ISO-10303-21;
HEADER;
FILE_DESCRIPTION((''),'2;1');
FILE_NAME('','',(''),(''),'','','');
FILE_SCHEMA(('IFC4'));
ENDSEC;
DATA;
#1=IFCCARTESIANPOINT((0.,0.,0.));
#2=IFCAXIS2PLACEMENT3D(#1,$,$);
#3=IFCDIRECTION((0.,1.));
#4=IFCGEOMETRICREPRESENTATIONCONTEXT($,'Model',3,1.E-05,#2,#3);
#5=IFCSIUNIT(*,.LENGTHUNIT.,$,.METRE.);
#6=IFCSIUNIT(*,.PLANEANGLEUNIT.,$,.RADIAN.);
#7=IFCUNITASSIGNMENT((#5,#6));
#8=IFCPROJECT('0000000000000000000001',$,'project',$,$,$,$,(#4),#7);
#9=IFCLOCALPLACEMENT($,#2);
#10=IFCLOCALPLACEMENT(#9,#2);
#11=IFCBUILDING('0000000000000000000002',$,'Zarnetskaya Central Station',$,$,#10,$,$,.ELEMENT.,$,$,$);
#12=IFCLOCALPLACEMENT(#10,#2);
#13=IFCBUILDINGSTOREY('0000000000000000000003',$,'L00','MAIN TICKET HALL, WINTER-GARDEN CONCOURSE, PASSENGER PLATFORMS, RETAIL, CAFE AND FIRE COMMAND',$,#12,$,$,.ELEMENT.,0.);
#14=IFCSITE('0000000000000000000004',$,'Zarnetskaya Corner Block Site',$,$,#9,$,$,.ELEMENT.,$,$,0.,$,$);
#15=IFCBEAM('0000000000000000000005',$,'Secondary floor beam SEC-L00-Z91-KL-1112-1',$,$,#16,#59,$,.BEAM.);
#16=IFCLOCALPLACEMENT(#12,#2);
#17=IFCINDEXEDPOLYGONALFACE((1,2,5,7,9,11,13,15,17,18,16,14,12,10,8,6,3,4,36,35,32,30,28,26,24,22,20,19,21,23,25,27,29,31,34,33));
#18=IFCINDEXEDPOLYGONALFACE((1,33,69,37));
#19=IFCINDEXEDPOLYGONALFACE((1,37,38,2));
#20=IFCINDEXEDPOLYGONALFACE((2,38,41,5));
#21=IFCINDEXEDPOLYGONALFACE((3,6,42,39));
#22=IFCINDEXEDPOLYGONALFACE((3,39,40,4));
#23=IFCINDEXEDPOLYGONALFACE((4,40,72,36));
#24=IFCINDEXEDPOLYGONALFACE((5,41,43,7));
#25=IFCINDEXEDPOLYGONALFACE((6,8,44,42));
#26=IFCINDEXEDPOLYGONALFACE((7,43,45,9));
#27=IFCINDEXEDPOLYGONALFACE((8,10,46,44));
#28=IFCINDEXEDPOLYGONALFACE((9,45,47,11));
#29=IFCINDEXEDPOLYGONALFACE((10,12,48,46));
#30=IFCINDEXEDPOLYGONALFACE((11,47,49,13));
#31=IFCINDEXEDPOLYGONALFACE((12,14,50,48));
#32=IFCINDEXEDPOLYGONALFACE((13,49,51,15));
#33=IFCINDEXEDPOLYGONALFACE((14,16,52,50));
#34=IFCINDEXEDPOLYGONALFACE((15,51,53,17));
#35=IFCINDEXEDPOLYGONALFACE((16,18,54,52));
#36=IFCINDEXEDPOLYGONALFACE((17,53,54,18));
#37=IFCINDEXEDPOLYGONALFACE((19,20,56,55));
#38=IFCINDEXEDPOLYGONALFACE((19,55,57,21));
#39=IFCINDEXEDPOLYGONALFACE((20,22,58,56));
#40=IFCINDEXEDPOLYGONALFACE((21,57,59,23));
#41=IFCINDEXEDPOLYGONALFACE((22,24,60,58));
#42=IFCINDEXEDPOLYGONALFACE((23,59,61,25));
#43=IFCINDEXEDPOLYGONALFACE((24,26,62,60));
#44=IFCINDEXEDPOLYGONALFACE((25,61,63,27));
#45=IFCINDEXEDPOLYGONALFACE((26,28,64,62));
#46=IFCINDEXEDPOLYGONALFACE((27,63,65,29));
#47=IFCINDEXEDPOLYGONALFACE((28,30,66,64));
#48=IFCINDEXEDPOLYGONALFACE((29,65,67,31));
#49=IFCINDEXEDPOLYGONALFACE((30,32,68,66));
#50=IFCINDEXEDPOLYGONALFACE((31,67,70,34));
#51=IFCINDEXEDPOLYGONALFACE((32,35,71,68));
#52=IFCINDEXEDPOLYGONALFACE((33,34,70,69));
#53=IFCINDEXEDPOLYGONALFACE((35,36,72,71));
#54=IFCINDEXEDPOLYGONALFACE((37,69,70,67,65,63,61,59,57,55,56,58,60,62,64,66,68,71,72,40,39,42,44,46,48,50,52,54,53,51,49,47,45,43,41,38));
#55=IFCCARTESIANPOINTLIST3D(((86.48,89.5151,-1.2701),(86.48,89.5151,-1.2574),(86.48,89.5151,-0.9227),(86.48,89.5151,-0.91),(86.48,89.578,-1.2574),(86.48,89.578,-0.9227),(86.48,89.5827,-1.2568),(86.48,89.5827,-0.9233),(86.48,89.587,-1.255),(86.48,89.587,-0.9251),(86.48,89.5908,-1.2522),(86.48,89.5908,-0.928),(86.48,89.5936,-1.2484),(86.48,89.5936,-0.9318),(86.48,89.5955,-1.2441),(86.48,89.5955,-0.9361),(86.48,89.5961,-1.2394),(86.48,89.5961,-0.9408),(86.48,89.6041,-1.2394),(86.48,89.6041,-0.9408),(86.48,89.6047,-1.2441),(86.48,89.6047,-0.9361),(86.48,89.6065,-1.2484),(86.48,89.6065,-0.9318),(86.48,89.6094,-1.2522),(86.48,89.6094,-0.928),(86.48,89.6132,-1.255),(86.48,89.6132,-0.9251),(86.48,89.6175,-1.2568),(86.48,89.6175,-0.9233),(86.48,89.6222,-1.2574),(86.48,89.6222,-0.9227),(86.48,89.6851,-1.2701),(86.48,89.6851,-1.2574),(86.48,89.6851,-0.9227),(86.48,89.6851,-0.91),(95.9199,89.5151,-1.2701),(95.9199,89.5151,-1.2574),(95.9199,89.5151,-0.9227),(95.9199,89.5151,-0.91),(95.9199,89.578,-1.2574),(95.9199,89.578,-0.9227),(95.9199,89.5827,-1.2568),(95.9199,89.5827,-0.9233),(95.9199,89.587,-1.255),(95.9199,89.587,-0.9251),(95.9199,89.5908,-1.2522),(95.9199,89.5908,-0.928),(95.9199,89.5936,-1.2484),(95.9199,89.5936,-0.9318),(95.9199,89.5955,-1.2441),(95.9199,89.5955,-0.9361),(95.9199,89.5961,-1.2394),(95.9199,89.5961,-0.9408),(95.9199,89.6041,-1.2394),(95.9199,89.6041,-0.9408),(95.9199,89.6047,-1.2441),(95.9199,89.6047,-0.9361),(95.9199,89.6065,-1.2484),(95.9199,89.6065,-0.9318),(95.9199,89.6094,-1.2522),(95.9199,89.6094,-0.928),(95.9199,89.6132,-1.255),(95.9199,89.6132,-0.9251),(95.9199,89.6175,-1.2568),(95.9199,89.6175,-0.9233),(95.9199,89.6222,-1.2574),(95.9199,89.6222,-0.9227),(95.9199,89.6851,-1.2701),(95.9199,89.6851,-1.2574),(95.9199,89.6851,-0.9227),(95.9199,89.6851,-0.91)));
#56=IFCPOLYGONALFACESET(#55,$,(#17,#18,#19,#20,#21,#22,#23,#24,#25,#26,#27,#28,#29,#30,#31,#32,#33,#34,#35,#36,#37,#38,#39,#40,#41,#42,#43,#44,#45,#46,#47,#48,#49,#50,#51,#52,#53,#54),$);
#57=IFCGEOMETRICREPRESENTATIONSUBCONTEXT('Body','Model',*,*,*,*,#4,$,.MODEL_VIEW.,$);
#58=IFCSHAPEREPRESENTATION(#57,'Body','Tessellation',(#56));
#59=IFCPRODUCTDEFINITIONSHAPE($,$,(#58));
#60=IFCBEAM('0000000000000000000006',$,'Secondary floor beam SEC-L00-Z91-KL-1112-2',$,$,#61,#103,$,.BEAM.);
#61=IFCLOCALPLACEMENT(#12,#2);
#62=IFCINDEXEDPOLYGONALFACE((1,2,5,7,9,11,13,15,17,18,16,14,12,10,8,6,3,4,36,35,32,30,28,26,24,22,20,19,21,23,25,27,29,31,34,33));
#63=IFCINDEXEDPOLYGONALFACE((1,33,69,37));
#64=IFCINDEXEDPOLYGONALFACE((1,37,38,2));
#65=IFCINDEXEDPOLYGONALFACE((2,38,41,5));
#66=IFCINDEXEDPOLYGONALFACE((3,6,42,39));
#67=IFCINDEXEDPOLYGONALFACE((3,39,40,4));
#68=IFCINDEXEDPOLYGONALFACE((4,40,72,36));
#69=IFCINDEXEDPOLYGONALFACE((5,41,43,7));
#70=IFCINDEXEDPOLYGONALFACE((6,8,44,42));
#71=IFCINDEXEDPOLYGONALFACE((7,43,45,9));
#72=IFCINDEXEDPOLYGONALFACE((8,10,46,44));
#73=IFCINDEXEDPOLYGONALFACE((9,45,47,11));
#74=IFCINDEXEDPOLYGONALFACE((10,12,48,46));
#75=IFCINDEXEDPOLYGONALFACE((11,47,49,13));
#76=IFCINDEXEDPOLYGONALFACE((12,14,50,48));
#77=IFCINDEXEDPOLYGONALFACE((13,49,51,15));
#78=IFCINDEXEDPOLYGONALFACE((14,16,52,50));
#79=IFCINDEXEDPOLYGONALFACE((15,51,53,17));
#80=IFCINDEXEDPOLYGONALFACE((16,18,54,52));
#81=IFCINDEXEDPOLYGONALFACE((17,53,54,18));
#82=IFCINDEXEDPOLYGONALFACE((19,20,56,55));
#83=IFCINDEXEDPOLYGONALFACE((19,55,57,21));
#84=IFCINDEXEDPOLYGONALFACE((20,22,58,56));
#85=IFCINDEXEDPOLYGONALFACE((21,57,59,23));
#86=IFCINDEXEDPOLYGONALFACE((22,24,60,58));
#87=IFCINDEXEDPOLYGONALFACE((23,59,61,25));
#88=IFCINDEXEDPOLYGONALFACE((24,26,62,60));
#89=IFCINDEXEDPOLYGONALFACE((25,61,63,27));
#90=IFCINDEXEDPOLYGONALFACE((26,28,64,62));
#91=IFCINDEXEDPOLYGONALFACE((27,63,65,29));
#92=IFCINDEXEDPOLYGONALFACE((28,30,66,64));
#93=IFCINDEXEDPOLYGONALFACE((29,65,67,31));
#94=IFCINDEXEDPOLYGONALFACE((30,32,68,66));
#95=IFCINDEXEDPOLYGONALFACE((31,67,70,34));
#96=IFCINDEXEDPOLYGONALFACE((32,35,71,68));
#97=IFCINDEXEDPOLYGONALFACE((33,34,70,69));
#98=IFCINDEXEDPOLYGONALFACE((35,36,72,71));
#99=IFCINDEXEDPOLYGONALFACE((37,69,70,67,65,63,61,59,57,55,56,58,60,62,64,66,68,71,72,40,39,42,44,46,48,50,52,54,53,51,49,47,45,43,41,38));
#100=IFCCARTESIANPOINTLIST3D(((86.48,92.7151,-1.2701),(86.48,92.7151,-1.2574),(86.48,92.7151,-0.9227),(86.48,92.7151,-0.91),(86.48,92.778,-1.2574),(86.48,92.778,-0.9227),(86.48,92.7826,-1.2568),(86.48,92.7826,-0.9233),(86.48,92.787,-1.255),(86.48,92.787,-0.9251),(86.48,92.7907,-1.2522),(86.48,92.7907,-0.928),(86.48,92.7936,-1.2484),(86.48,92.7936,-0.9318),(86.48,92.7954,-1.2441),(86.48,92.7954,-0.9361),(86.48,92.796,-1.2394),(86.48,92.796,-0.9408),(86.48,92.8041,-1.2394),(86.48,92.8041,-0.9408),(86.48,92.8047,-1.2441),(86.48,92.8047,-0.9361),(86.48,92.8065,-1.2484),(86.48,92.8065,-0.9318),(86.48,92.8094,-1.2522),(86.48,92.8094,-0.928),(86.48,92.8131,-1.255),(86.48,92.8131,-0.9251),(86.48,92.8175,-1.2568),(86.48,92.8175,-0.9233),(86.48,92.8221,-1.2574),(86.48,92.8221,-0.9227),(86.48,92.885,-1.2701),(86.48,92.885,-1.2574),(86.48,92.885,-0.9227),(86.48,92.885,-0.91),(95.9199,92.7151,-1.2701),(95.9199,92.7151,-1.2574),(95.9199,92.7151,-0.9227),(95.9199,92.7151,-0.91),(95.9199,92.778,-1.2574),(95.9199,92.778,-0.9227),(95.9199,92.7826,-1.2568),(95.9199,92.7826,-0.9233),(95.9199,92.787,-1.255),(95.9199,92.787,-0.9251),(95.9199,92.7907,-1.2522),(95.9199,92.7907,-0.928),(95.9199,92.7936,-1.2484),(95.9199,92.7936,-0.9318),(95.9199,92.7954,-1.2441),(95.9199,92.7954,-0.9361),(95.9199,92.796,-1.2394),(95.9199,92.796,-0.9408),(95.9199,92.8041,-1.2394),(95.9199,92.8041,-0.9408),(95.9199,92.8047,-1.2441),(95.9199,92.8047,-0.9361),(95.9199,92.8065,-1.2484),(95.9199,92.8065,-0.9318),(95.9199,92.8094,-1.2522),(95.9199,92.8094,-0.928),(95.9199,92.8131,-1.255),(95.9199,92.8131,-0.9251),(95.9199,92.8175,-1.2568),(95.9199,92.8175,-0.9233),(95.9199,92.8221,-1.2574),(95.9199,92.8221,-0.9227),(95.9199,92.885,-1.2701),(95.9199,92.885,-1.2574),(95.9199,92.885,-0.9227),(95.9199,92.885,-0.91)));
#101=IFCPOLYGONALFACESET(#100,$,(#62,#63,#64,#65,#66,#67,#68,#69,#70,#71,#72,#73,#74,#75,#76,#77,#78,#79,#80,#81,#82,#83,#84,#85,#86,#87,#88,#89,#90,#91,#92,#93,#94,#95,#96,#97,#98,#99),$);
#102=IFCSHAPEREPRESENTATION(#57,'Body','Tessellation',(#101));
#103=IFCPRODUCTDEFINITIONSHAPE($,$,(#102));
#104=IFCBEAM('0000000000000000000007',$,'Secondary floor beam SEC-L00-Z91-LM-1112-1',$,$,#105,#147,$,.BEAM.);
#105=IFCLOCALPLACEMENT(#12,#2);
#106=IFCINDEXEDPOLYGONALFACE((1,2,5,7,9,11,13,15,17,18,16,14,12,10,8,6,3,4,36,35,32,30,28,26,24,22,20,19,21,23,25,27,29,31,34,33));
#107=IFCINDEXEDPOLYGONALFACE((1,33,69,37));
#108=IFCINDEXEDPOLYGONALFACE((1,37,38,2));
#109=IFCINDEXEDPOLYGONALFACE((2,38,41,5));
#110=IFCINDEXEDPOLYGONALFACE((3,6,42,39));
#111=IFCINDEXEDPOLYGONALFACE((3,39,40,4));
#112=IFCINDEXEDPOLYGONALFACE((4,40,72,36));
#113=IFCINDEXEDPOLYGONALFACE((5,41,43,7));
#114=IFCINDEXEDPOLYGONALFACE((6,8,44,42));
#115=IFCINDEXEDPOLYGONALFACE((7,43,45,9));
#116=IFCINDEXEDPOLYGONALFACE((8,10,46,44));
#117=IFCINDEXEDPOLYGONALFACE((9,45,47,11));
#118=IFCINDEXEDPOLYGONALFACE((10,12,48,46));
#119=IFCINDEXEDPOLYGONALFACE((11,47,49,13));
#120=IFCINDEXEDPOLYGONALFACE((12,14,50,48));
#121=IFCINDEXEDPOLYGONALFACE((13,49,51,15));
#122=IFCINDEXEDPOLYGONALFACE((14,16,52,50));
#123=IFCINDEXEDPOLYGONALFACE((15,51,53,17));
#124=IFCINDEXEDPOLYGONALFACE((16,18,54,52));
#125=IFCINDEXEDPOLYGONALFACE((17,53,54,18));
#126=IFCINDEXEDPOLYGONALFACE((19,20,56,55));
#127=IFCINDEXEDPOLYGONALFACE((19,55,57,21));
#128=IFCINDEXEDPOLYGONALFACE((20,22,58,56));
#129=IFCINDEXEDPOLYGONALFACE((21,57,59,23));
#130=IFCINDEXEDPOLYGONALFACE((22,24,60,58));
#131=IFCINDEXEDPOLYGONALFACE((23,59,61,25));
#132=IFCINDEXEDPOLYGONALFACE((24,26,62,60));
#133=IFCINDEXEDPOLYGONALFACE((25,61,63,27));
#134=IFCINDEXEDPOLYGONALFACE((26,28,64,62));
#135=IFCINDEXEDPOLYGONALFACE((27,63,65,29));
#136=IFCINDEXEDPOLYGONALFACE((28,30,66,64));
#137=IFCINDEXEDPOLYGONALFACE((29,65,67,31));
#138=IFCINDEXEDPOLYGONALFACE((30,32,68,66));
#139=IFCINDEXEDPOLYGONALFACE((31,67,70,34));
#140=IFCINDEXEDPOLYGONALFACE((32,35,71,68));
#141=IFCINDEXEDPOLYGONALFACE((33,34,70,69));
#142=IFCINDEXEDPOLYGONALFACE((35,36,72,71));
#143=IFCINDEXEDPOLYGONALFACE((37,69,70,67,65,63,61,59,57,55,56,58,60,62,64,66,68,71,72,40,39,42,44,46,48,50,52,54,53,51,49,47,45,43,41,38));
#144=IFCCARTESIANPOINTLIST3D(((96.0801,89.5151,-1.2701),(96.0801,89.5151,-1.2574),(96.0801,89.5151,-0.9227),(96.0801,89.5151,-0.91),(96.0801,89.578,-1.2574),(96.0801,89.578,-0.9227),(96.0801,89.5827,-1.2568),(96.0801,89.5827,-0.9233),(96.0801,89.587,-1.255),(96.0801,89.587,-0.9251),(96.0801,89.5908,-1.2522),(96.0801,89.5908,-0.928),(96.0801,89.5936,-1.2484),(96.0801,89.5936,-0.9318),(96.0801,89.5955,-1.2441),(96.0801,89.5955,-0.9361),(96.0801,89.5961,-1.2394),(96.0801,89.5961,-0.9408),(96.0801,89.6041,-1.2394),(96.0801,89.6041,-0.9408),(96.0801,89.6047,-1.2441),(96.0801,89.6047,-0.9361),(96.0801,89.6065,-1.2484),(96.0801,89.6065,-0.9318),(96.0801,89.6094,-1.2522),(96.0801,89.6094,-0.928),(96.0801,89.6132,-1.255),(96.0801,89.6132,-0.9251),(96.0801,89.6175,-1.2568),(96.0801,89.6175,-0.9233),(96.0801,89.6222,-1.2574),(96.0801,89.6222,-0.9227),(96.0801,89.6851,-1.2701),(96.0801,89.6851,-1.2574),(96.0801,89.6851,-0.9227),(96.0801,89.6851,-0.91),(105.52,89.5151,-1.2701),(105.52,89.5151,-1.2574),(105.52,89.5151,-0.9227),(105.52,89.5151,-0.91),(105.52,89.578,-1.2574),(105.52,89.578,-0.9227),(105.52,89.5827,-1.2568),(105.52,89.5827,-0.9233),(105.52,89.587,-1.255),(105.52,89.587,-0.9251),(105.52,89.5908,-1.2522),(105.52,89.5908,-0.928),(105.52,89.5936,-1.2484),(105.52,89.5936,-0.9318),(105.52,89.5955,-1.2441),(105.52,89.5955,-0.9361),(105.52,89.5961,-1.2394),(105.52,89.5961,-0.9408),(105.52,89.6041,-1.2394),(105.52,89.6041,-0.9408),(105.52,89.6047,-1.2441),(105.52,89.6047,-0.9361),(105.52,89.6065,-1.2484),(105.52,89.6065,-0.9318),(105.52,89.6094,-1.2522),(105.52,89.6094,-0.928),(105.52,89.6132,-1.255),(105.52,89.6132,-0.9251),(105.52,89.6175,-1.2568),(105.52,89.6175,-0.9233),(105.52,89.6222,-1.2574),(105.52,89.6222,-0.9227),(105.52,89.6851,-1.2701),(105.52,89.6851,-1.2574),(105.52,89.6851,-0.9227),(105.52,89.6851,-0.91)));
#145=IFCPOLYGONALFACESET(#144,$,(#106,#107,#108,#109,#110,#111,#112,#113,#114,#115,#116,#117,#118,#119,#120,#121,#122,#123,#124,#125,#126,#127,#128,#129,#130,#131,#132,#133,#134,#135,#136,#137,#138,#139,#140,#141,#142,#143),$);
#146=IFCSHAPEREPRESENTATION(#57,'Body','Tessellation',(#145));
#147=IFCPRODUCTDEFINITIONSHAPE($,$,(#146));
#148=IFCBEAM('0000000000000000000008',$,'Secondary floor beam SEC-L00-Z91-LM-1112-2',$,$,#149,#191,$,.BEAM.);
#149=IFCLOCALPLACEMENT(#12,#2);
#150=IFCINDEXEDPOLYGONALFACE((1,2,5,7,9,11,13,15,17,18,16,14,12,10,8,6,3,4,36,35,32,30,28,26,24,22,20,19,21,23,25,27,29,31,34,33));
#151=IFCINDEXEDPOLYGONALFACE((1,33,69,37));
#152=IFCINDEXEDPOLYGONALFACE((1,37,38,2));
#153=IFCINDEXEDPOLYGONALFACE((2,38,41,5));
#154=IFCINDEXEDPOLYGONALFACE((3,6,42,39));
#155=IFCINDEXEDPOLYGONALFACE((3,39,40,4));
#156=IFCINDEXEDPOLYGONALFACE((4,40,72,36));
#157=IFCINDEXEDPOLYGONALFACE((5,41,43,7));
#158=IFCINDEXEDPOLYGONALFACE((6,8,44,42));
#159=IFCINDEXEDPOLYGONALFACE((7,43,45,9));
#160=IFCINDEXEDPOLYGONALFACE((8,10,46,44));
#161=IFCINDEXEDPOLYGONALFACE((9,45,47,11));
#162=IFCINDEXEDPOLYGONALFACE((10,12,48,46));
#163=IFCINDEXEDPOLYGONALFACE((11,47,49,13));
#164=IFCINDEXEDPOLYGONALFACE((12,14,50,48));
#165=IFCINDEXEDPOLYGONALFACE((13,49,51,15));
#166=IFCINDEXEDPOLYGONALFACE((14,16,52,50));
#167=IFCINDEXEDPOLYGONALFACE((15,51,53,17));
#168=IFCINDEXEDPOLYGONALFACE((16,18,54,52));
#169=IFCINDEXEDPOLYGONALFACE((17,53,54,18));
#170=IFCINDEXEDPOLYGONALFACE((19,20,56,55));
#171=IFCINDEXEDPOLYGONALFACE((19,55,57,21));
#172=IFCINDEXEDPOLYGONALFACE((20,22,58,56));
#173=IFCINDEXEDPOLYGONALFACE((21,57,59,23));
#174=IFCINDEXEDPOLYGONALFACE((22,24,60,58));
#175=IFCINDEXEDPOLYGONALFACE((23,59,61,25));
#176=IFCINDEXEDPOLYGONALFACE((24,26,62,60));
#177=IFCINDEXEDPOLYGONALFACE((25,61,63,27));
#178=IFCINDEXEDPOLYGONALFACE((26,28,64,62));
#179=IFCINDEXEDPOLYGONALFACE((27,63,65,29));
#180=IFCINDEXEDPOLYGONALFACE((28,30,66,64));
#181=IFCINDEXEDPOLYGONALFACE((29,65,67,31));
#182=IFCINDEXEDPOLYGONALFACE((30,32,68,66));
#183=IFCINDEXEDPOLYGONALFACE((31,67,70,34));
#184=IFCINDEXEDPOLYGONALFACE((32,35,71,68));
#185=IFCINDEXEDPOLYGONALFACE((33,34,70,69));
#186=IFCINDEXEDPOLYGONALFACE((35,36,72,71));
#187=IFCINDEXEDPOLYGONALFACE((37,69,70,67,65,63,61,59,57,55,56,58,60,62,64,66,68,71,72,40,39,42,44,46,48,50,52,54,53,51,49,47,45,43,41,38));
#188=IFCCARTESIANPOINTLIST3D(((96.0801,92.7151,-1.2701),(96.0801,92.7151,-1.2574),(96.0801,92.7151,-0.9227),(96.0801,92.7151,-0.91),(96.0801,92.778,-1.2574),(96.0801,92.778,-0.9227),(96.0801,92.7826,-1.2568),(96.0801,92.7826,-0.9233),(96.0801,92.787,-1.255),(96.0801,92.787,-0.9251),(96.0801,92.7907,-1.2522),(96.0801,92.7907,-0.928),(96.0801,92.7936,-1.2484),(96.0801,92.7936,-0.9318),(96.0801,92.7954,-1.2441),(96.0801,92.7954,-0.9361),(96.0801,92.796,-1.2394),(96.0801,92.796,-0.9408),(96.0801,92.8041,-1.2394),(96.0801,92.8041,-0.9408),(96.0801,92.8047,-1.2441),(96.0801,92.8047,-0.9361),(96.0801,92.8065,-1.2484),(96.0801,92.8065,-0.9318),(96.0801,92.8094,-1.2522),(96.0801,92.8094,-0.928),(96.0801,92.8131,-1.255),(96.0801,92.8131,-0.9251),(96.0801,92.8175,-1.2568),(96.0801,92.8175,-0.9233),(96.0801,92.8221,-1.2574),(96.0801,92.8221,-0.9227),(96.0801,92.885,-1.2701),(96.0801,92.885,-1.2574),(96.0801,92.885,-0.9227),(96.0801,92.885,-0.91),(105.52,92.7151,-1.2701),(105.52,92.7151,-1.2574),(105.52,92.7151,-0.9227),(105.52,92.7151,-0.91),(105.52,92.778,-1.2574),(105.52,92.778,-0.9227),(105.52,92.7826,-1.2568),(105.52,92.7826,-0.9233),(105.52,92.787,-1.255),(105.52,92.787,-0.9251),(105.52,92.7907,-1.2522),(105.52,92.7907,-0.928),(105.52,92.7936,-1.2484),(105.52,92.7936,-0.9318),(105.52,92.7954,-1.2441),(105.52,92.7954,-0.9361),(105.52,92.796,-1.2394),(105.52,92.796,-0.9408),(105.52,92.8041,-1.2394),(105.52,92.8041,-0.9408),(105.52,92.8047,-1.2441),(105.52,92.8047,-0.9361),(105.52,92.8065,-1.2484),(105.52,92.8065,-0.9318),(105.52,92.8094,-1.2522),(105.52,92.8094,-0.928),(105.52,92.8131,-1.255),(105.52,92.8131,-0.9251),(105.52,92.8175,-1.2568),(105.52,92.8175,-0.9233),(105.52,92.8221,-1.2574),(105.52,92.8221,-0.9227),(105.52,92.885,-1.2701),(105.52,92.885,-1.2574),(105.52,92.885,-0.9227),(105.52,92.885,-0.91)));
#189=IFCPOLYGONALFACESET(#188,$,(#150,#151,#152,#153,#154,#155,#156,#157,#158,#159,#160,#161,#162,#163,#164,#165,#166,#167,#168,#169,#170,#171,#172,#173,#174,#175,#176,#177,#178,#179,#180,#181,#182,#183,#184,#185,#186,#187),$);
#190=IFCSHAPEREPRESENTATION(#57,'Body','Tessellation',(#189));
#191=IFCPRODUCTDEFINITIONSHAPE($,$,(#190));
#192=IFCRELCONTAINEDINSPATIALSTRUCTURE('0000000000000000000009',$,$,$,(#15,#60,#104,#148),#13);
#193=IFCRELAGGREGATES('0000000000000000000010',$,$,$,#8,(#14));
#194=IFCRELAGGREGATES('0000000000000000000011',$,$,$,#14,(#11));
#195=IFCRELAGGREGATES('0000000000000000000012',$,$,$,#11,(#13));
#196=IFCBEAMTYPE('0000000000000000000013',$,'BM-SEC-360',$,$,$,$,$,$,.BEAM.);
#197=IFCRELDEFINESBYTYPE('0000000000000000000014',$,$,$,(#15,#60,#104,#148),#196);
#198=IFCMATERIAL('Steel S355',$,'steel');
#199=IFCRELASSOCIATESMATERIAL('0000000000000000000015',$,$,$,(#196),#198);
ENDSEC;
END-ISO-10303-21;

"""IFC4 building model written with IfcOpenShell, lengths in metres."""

from ifc_helpers import new_model, si_unit, direction, frame, origin, origin_2d, place, context, subcontext, project, spatial, i_section, extrude, material, material_profile, profile_set, type_object, element, save


model = new_model("IFC4")

# Units and contexts
model_context = context("Model", 3, precision=1e-05, world=origin(), true_north=direction((0.0, 1.0)))
body_context = subcontext(model_context, "Body", "Model", "MODEL_VIEW")
ifc_project = project(units=[si_unit("LENGTHUNIT", "METRE"), si_unit("PLANEANGLEUNIT", "RADIAN")], contexts=[model_context])

# Site, building, storey
site_placement = place(None, origin())
site = spatial("IfcSite", under=ifc_project, at=site_placement, Name="Zarnetskaya Corner Block Site", CompositionType="ELEMENT", RefElevation=0.0)
building_placement = place(site_placement, origin())
building = spatial("IfcBuilding", under=site, at=building_placement, Name="Zarnetskaya Central Station", CompositionType="ELEMENT")
storey_placement = place(building_placement, origin())
storey = spatial("IfcBuildingStorey", under=building, at=storey_placement, Name="L00", Description="MAIN TICKET HALL, WINTER-GARDEN CONCOURSE, PASSENGER PLATFORMS, RETAIL, CAFE AND FIRE COMMAND", CompositionType="ELEMENT", Elevation=0.0)

# Shared definitions
ifc_material_1 = material(Name="Steel S355", Category="steel")

# Beams
ifc_material_profile_1 = material_profile(ifc_material_1, i_section(OverallWidth=0.1699, OverallDepth=0.3601, WebThickness=0.0081, FlangeThickness=0.0127, FilletRadius=0.0181, at=origin_2d()), Name="IPE 360")
ifc_profile_set_1 = profile_set([ifc_material_profile_1], Name="Steel S355")
beam_type_1 = type_object("IfcBeamType", Name="BM-SEC-360", PredefinedType="BEAM", material=ifc_profile_set_1)
for number, where, z_axis, x_axis, name in (
    (1, (86.48, 89.6001, -1.0901), (1.0, 0.0, 0.0), (0.0, 1.0, 0.0), "Secondary floor beam SEC-L00-Z91-KL-1112-1"),
    (2, (86.48, 92.8, -1.0901), (1.0, 0.0, 0.0), (0.0, 1.0, 0.0), "Secondary floor beam SEC-L00-Z91-KL-1112-2"),
    (3, (96.0801, 89.6001, -1.0901), (1.0, 0.0, 0.0), (0.0, 1.0, 0.0), "Secondary floor beam SEC-L00-Z91-LM-1112-1"),
    (4, (96.0801, 92.8, -1.0901), (1.0, 0.0, 0.0), (0.0, 1.0, 0.0), "Secondary floor beam SEC-L00-Z91-LM-1112-2"),
):
    element("IfcBeam", number, at=place(storey_placement, frame(where, z_axis=z_axis, x_axis=x_axis)), inside=storey, type_object=beam_type_1, Name=name, PredefinedType="BEAM", context=body_context, shape_type="SweptSolid", body=[
        extrude(i_section(OverallWidth=0.1699, OverallDepth=0.3601, WebThickness=0.0081, FlangeThickness=0.0127, FilletRadius=0.0181, at=origin_2d()), origin(), (0.0, 0.0, 1.0), 9.4399),
    ])

save(model, "model.ifc")
